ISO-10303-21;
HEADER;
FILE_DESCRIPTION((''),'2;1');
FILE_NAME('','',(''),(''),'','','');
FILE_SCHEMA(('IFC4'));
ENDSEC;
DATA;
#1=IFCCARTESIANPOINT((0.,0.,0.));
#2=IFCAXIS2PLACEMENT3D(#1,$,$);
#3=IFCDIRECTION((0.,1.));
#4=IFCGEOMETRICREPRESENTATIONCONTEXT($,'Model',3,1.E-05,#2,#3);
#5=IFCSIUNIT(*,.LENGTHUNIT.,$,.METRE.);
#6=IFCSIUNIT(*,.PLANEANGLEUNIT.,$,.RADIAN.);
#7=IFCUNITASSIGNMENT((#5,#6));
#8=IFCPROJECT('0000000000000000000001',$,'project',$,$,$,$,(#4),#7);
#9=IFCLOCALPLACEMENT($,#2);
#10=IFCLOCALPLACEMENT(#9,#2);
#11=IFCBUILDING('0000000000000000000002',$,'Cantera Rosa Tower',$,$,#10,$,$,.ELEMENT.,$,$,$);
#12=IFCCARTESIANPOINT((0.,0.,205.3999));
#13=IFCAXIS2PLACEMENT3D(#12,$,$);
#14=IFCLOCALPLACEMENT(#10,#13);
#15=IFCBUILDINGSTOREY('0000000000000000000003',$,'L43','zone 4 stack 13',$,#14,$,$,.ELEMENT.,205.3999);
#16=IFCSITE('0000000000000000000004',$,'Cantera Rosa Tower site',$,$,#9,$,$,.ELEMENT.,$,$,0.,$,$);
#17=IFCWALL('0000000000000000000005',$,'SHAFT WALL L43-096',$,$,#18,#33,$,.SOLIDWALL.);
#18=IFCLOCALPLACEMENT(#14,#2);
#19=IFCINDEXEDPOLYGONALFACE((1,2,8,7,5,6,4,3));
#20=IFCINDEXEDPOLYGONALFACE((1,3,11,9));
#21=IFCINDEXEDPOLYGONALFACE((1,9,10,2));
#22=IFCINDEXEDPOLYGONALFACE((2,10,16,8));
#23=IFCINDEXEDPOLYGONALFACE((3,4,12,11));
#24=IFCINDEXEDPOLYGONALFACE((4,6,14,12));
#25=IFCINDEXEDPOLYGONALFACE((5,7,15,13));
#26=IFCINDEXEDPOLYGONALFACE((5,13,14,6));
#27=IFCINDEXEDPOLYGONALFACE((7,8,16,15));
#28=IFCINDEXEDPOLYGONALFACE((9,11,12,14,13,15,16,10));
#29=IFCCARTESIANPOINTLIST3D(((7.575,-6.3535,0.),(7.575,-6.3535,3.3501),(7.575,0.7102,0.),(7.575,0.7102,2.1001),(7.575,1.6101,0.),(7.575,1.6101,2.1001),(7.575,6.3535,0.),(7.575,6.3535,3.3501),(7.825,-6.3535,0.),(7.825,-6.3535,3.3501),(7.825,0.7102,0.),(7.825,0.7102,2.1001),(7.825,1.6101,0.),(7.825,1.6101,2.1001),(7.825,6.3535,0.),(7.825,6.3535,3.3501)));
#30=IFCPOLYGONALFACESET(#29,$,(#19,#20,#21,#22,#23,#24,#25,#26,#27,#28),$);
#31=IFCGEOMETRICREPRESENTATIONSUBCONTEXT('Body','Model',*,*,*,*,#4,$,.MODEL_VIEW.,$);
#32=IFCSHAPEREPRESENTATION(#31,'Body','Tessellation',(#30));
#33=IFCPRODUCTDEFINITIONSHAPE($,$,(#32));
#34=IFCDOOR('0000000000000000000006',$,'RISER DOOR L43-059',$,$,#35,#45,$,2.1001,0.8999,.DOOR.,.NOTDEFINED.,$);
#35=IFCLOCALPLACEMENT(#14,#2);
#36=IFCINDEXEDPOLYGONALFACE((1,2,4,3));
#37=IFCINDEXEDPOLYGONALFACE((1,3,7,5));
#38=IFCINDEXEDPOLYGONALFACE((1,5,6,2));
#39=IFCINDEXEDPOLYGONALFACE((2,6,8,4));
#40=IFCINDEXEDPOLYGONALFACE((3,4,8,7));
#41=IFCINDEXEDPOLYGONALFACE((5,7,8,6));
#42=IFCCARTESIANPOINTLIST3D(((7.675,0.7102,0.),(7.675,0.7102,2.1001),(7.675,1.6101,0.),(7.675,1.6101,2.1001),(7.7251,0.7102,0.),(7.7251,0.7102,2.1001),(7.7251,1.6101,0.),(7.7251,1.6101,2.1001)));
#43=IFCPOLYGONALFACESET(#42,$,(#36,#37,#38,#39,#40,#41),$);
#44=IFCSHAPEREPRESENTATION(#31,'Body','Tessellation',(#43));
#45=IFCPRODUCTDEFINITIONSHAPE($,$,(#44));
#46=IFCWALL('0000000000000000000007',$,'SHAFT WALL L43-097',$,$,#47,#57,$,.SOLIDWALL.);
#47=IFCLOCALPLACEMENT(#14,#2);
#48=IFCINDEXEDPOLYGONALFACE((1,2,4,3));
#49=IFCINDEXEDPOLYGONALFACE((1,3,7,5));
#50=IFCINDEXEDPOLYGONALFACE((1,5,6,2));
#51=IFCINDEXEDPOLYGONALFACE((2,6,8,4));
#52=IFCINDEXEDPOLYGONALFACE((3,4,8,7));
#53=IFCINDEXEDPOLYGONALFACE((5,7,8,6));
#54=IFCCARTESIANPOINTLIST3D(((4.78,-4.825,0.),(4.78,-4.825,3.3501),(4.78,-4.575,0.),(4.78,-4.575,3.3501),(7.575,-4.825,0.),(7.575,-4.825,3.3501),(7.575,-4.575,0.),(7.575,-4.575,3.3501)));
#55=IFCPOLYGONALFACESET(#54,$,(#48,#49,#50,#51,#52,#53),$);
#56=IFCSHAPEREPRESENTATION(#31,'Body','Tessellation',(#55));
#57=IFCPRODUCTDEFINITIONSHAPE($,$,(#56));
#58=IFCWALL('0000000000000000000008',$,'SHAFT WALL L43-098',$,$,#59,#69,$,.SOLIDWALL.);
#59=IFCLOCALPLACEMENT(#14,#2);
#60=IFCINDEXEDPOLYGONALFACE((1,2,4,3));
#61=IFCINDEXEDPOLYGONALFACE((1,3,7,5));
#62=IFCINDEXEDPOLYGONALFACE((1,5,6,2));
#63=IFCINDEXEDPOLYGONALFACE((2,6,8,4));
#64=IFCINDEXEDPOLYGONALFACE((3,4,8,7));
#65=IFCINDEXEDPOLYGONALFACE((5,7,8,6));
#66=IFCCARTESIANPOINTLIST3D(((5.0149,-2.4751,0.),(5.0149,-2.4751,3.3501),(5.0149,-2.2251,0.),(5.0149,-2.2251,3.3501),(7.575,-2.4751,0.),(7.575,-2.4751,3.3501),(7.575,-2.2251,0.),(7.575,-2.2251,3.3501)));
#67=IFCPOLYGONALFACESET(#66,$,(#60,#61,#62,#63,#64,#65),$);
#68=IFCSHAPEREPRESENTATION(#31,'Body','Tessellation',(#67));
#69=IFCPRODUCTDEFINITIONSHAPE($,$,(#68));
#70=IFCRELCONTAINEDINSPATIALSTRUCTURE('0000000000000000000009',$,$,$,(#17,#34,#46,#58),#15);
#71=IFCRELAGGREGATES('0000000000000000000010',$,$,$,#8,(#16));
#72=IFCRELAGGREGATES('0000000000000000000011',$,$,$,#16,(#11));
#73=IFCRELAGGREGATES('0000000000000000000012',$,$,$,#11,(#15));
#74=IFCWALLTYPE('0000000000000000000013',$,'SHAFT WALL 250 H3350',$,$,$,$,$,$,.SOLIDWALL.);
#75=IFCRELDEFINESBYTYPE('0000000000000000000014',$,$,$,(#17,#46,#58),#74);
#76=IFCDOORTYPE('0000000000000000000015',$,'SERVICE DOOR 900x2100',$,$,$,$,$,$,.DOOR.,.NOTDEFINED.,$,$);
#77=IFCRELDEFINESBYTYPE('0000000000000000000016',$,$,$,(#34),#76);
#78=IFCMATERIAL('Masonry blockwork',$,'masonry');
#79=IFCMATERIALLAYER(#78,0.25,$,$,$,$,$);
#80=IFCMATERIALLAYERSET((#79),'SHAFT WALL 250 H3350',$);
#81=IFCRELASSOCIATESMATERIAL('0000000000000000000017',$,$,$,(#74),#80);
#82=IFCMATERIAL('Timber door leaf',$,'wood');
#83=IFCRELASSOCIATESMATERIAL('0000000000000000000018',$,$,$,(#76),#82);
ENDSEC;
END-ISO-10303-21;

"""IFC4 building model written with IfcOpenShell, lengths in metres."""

from ifc_helpers import new_model, si_unit, direction, frame, frame_2d, origin, place, context, subcontext, project, spatial, rectangle, extrude, material, layer, layer_set, type_object, element, fill, save


model = new_model("IFC4")

# Units and contexts
model_context = context("Model", 3, precision=1e-05, world=origin(), true_north=direction((0.0, 1.0)))
body_context = subcontext(model_context, "Body", "Model", "MODEL_VIEW")
ifc_project = project(units=[si_unit("LENGTHUNIT", "METRE"), si_unit("PLANEANGLEUNIT", "RADIAN")], contexts=[model_context])

# Site, building, storey
site_placement = place(None, origin())
site = spatial("IfcSite", under=ifc_project, at=site_placement, Name="Cantera Rosa Tower site", CompositionType="ELEMENT", RefElevation=0.0)
building_placement = place(site_placement, origin())
building = spatial("IfcBuilding", under=site, at=building_placement, Name="Cantera Rosa Tower", CompositionType="ELEMENT")
storey_placement = place(building_placement, frame((0.0, 0.0, 205.3999)))
storey = spatial("IfcBuildingStorey", under=building, at=storey_placement, Name="L43", Description="zone 4 stack 13", CompositionType="ELEMENT", Elevation=205.3999)

# Shared definitions
ifc_material_1 = material(Name="Masonry blockwork", Category="masonry")
ifc_layer_1 = layer(ifc_material_1, 0.25)
ifc_layer_set_1 = layer_set([ifc_layer_1], Name="SHAFT WALL 250 H3350")
wall_type_1 = type_object("IfcWallType", Name="SHAFT WALL 250 H3350", PredefinedType="SOLIDWALL", material=ifc_layer_set_1)

# Wall, opening, door
wall_1_placement = place(storey_placement, frame((7.7, -6.3535, 0.0), z_axis=(0.0, 0.0, 1.0), x_axis=(0.0, 1.0, 0.0)))
wall_1 = element("IfcWall", 1, at=wall_1_placement, inside=storey, type_object=wall_type_1, Name="SHAFT WALL L43-096", PredefinedType="SOLIDWALL", context=body_context, shape_type="SweptSolid", body=[
    extrude(rectangle(XDim=12.707, YDim=0.25, at=frame_2d((6.3535, 0.0))), origin(), (0.0, 0.0, 1.0), 3.3501),
])
opening_1_placement = place(wall_1_placement, frame((7.0637, 0.0, 0.0)))
opening_1 = element("IfcOpeningElement", 2, at=opening_1_placement, cuts=wall_1, PredefinedType="OPENING", context=body_context, shape_type="SweptSolid", body=[
    extrude(rectangle(XDim=0.8999, YDim=2.1001, at=frame_2d((0.45, 1.05))), frame((0.0, 0.135, 0.0), z_axis=(0.0, -1.0, 0.0), x_axis=(1.0, 0.0, 0.0)), (0.0, 0.0, 1.0), 0.27),
])
ifc_material_2 = material(Name="Timber door leaf", Category="wood")
door_type_1 = type_object("IfcDoorType", Name="SERVICE DOOR 900x2100", OperationType="NOTDEFINED", PredefinedType="DOOR", material=ifc_material_2)
door_1_placement = place(opening_1_placement, origin())
door_1 = element("IfcDoor", 3, at=door_1_placement, inside=storey, type_object=door_type_1, Name="RISER DOOR L43-059", OperationType="NOTDEFINED", OverallHeight=2.1001, OverallWidth=0.8999, PredefinedType="DOOR", context=body_context, shape_type="SweptSolid", body=[
    extrude(rectangle(XDim=0.8999, YDim=2.1001, at=frame_2d((0.45, 1.05))), frame((0.0, 0.0249, 0.0), z_axis=(0.0, -1.0, 0.0), x_axis=(1.0, 0.0, 0.0)), (0.0, 0.0, 1.0), 0.05),
])
fill(opening_1, door_1)

# Walls
wall_2_placement = place(storey_placement, frame((7.575, -4.7, 0.0), z_axis=(0.0, 0.0, 1.0), x_axis=(-1.0, 0.0, 0.0)))
element("IfcWall", 4, at=wall_2_placement, inside=storey, type_object=wall_type_1, Name="SHAFT WALL L43-097", PredefinedType="SOLIDWALL", context=body_context, shape_type="SweptSolid", body=[
    extrude(rectangle(XDim=2.7949, YDim=0.25, at=frame_2d((1.3975, 0.0))), origin(), (0.0, 0.0, 1.0), 3.3501),
])
wall_3_placement = place(storey_placement, frame((7.575, -2.3501, 0.0), z_axis=(0.0, 0.0, 1.0), x_axis=(-1.0, 0.0, 0.0)))
element("IfcWall", 5, at=wall_3_placement, inside=storey, type_object=wall_type_1, Name="SHAFT WALL L43-098", PredefinedType="SOLIDWALL", context=body_context, shape_type="SweptSolid", body=[
    extrude(rectangle(XDim=2.5601, YDim=0.25, at=frame_2d((1.28, 0.0))), origin(), (0.0, 0.0, 1.0), 3.3501),
])

save(model, "model.ifc")
